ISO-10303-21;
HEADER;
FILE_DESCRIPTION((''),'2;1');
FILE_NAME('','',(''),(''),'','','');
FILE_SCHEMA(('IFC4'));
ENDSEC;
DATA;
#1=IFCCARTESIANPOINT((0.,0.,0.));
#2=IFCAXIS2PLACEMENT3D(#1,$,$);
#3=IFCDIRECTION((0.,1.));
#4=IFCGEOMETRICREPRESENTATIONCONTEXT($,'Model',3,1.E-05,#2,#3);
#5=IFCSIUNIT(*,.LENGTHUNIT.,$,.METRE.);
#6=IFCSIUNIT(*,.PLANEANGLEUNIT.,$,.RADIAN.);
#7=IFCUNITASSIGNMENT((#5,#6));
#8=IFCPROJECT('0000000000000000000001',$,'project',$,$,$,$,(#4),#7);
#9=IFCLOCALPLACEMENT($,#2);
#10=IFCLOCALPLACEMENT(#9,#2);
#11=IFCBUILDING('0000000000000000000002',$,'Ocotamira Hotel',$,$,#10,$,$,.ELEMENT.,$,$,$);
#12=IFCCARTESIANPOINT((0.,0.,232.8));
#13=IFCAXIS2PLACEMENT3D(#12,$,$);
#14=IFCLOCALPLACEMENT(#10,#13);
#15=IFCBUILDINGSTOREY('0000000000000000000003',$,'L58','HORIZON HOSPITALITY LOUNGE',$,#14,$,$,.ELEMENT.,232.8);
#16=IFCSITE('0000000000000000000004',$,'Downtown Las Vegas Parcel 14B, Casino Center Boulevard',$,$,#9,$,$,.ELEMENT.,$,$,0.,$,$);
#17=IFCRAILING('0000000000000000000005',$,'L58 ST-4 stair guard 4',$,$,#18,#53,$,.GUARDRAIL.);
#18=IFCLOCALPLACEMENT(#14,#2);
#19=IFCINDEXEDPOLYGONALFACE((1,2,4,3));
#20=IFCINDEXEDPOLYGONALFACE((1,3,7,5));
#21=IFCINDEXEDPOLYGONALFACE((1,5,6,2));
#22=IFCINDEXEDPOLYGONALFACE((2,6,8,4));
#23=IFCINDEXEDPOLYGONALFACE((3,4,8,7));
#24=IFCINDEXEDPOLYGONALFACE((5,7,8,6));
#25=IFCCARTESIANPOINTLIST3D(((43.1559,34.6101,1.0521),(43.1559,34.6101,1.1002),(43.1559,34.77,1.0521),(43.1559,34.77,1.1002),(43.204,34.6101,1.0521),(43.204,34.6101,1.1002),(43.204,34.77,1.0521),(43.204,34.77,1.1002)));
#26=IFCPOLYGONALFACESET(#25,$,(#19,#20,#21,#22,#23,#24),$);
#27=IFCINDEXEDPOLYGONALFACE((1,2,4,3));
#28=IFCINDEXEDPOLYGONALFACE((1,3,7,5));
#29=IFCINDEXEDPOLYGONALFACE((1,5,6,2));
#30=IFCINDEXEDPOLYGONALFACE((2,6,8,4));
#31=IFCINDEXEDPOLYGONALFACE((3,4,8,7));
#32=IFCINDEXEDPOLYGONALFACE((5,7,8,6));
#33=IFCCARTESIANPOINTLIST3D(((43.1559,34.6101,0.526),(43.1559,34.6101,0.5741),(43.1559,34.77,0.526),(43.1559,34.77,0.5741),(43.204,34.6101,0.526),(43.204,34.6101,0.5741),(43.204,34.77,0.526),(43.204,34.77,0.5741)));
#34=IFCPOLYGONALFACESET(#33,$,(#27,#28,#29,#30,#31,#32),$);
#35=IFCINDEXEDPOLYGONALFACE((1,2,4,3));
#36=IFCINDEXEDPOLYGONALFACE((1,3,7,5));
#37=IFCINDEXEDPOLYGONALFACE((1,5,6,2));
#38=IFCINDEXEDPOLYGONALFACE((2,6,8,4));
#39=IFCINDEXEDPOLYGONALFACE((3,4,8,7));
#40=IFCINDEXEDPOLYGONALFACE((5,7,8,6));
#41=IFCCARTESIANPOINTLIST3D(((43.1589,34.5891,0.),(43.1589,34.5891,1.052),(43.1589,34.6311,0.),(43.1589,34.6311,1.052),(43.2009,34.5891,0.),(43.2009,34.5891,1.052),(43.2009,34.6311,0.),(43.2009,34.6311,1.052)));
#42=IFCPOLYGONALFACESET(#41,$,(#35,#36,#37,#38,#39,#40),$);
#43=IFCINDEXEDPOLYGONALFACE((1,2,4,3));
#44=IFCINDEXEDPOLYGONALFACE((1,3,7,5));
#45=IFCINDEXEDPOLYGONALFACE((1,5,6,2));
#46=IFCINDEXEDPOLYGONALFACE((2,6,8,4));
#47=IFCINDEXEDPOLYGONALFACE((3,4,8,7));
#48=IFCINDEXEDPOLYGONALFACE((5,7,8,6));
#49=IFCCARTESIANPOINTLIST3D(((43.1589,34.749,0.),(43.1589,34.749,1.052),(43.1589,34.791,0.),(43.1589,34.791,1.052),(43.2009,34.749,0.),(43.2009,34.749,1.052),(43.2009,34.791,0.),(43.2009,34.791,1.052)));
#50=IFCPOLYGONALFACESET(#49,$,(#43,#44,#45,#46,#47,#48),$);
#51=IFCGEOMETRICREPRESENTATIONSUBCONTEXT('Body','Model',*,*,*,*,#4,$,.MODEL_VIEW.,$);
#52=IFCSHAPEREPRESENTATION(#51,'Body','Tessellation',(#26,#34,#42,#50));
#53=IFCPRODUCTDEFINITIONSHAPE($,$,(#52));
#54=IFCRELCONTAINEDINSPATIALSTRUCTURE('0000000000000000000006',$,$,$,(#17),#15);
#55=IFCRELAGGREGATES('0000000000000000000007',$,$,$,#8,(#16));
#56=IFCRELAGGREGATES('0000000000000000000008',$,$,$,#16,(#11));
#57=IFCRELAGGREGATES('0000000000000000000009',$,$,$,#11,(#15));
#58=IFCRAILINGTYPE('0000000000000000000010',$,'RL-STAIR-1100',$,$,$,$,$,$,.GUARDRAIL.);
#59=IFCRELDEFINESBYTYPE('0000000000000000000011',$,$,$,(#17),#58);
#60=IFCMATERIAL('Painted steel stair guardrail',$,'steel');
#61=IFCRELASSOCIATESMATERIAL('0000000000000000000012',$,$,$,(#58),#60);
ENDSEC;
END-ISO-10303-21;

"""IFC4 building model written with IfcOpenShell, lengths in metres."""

from ifc_helpers import new_model, si_unit, direction, frame, origin, origin_2d, place, context, subcontext, project, spatial, rectangle, extrude, material, type_object, element, save


model = new_model("IFC4")

# Units and contexts
model_context = context("Model", 3, precision=1e-05, world=origin(), true_north=direction((0.0, 1.0)))
body_context = subcontext(model_context, "Body", "Model", "MODEL_VIEW")
ifc_project = project(units=[si_unit("LENGTHUNIT", "METRE"), si_unit("PLANEANGLEUNIT", "RADIAN")], contexts=[model_context])

# Site, building, storey
site_placement = place(None, origin())
site = spatial("IfcSite", under=ifc_project, at=site_placement, Name="Downtown Las Vegas Parcel 14B, Casino Center Boulevard", CompositionType="ELEMENT", RefElevation=0.0)
building_placement = place(site_placement, origin())
building = spatial("IfcBuilding", under=site, at=building_placement, Name="Ocotamira Hotel", CompositionType="ELEMENT")
storey_placement = place(building_placement, frame((0.0, 0.0, 232.8)))
storey = spatial("IfcBuildingStorey", under=building, at=storey_placement, Name="L58", Description="HORIZON HOSPITALITY LOUNGE", CompositionType="ELEMENT", Elevation=232.8)

# Railing
ifc_material_1 = material(Name="Painted steel stair guardrail", Category="steel")
railing_type_1 = type_object("IfcRailingType", Name="RL-STAIR-1100", PredefinedType="GUARDRAIL", material=ifc_material_1)
railing_1_placement = place(storey_placement, frame((43.1799, 34.6101, 0.0)))
element("IfcRailing", 1, at=railing_1_placement, inside=storey, type_object=railing_type_1, Name="L58 ST-4 stair guard 4", PredefinedType="GUARDRAIL", context=body_context, shape_type="SweptSolid", body=[
    extrude(rectangle(XDim=0.0481, YDim=0.0481, at=origin_2d()), frame((0.0, 0.0, 1.0762), z_axis=(0.0, 1.0, 0.0), x_axis=(-1.0, 0.0, 0.0)), (0.0, 0.0, 1.0), 0.1599),
    extrude(rectangle(XDim=0.0481, YDim=0.0481, at=origin_2d()), frame((0.0, 0.0, 0.55), z_axis=(0.0, 1.0, 0.0), x_axis=(-1.0, 0.0, 0.0)), (0.0, 0.0, 1.0), 0.1599),
    extrude(rectangle(XDim=0.042, YDim=0.042, at=origin_2d()), origin(), (0.0, 0.0, 1.0), 1.052),
    extrude(rectangle(XDim=0.042, YDim=0.042, at=origin_2d()), frame((0.0, 0.1599, 0.0)), (0.0, 0.0, 1.0), 1.052),
])

save(model, "model.ifc")
